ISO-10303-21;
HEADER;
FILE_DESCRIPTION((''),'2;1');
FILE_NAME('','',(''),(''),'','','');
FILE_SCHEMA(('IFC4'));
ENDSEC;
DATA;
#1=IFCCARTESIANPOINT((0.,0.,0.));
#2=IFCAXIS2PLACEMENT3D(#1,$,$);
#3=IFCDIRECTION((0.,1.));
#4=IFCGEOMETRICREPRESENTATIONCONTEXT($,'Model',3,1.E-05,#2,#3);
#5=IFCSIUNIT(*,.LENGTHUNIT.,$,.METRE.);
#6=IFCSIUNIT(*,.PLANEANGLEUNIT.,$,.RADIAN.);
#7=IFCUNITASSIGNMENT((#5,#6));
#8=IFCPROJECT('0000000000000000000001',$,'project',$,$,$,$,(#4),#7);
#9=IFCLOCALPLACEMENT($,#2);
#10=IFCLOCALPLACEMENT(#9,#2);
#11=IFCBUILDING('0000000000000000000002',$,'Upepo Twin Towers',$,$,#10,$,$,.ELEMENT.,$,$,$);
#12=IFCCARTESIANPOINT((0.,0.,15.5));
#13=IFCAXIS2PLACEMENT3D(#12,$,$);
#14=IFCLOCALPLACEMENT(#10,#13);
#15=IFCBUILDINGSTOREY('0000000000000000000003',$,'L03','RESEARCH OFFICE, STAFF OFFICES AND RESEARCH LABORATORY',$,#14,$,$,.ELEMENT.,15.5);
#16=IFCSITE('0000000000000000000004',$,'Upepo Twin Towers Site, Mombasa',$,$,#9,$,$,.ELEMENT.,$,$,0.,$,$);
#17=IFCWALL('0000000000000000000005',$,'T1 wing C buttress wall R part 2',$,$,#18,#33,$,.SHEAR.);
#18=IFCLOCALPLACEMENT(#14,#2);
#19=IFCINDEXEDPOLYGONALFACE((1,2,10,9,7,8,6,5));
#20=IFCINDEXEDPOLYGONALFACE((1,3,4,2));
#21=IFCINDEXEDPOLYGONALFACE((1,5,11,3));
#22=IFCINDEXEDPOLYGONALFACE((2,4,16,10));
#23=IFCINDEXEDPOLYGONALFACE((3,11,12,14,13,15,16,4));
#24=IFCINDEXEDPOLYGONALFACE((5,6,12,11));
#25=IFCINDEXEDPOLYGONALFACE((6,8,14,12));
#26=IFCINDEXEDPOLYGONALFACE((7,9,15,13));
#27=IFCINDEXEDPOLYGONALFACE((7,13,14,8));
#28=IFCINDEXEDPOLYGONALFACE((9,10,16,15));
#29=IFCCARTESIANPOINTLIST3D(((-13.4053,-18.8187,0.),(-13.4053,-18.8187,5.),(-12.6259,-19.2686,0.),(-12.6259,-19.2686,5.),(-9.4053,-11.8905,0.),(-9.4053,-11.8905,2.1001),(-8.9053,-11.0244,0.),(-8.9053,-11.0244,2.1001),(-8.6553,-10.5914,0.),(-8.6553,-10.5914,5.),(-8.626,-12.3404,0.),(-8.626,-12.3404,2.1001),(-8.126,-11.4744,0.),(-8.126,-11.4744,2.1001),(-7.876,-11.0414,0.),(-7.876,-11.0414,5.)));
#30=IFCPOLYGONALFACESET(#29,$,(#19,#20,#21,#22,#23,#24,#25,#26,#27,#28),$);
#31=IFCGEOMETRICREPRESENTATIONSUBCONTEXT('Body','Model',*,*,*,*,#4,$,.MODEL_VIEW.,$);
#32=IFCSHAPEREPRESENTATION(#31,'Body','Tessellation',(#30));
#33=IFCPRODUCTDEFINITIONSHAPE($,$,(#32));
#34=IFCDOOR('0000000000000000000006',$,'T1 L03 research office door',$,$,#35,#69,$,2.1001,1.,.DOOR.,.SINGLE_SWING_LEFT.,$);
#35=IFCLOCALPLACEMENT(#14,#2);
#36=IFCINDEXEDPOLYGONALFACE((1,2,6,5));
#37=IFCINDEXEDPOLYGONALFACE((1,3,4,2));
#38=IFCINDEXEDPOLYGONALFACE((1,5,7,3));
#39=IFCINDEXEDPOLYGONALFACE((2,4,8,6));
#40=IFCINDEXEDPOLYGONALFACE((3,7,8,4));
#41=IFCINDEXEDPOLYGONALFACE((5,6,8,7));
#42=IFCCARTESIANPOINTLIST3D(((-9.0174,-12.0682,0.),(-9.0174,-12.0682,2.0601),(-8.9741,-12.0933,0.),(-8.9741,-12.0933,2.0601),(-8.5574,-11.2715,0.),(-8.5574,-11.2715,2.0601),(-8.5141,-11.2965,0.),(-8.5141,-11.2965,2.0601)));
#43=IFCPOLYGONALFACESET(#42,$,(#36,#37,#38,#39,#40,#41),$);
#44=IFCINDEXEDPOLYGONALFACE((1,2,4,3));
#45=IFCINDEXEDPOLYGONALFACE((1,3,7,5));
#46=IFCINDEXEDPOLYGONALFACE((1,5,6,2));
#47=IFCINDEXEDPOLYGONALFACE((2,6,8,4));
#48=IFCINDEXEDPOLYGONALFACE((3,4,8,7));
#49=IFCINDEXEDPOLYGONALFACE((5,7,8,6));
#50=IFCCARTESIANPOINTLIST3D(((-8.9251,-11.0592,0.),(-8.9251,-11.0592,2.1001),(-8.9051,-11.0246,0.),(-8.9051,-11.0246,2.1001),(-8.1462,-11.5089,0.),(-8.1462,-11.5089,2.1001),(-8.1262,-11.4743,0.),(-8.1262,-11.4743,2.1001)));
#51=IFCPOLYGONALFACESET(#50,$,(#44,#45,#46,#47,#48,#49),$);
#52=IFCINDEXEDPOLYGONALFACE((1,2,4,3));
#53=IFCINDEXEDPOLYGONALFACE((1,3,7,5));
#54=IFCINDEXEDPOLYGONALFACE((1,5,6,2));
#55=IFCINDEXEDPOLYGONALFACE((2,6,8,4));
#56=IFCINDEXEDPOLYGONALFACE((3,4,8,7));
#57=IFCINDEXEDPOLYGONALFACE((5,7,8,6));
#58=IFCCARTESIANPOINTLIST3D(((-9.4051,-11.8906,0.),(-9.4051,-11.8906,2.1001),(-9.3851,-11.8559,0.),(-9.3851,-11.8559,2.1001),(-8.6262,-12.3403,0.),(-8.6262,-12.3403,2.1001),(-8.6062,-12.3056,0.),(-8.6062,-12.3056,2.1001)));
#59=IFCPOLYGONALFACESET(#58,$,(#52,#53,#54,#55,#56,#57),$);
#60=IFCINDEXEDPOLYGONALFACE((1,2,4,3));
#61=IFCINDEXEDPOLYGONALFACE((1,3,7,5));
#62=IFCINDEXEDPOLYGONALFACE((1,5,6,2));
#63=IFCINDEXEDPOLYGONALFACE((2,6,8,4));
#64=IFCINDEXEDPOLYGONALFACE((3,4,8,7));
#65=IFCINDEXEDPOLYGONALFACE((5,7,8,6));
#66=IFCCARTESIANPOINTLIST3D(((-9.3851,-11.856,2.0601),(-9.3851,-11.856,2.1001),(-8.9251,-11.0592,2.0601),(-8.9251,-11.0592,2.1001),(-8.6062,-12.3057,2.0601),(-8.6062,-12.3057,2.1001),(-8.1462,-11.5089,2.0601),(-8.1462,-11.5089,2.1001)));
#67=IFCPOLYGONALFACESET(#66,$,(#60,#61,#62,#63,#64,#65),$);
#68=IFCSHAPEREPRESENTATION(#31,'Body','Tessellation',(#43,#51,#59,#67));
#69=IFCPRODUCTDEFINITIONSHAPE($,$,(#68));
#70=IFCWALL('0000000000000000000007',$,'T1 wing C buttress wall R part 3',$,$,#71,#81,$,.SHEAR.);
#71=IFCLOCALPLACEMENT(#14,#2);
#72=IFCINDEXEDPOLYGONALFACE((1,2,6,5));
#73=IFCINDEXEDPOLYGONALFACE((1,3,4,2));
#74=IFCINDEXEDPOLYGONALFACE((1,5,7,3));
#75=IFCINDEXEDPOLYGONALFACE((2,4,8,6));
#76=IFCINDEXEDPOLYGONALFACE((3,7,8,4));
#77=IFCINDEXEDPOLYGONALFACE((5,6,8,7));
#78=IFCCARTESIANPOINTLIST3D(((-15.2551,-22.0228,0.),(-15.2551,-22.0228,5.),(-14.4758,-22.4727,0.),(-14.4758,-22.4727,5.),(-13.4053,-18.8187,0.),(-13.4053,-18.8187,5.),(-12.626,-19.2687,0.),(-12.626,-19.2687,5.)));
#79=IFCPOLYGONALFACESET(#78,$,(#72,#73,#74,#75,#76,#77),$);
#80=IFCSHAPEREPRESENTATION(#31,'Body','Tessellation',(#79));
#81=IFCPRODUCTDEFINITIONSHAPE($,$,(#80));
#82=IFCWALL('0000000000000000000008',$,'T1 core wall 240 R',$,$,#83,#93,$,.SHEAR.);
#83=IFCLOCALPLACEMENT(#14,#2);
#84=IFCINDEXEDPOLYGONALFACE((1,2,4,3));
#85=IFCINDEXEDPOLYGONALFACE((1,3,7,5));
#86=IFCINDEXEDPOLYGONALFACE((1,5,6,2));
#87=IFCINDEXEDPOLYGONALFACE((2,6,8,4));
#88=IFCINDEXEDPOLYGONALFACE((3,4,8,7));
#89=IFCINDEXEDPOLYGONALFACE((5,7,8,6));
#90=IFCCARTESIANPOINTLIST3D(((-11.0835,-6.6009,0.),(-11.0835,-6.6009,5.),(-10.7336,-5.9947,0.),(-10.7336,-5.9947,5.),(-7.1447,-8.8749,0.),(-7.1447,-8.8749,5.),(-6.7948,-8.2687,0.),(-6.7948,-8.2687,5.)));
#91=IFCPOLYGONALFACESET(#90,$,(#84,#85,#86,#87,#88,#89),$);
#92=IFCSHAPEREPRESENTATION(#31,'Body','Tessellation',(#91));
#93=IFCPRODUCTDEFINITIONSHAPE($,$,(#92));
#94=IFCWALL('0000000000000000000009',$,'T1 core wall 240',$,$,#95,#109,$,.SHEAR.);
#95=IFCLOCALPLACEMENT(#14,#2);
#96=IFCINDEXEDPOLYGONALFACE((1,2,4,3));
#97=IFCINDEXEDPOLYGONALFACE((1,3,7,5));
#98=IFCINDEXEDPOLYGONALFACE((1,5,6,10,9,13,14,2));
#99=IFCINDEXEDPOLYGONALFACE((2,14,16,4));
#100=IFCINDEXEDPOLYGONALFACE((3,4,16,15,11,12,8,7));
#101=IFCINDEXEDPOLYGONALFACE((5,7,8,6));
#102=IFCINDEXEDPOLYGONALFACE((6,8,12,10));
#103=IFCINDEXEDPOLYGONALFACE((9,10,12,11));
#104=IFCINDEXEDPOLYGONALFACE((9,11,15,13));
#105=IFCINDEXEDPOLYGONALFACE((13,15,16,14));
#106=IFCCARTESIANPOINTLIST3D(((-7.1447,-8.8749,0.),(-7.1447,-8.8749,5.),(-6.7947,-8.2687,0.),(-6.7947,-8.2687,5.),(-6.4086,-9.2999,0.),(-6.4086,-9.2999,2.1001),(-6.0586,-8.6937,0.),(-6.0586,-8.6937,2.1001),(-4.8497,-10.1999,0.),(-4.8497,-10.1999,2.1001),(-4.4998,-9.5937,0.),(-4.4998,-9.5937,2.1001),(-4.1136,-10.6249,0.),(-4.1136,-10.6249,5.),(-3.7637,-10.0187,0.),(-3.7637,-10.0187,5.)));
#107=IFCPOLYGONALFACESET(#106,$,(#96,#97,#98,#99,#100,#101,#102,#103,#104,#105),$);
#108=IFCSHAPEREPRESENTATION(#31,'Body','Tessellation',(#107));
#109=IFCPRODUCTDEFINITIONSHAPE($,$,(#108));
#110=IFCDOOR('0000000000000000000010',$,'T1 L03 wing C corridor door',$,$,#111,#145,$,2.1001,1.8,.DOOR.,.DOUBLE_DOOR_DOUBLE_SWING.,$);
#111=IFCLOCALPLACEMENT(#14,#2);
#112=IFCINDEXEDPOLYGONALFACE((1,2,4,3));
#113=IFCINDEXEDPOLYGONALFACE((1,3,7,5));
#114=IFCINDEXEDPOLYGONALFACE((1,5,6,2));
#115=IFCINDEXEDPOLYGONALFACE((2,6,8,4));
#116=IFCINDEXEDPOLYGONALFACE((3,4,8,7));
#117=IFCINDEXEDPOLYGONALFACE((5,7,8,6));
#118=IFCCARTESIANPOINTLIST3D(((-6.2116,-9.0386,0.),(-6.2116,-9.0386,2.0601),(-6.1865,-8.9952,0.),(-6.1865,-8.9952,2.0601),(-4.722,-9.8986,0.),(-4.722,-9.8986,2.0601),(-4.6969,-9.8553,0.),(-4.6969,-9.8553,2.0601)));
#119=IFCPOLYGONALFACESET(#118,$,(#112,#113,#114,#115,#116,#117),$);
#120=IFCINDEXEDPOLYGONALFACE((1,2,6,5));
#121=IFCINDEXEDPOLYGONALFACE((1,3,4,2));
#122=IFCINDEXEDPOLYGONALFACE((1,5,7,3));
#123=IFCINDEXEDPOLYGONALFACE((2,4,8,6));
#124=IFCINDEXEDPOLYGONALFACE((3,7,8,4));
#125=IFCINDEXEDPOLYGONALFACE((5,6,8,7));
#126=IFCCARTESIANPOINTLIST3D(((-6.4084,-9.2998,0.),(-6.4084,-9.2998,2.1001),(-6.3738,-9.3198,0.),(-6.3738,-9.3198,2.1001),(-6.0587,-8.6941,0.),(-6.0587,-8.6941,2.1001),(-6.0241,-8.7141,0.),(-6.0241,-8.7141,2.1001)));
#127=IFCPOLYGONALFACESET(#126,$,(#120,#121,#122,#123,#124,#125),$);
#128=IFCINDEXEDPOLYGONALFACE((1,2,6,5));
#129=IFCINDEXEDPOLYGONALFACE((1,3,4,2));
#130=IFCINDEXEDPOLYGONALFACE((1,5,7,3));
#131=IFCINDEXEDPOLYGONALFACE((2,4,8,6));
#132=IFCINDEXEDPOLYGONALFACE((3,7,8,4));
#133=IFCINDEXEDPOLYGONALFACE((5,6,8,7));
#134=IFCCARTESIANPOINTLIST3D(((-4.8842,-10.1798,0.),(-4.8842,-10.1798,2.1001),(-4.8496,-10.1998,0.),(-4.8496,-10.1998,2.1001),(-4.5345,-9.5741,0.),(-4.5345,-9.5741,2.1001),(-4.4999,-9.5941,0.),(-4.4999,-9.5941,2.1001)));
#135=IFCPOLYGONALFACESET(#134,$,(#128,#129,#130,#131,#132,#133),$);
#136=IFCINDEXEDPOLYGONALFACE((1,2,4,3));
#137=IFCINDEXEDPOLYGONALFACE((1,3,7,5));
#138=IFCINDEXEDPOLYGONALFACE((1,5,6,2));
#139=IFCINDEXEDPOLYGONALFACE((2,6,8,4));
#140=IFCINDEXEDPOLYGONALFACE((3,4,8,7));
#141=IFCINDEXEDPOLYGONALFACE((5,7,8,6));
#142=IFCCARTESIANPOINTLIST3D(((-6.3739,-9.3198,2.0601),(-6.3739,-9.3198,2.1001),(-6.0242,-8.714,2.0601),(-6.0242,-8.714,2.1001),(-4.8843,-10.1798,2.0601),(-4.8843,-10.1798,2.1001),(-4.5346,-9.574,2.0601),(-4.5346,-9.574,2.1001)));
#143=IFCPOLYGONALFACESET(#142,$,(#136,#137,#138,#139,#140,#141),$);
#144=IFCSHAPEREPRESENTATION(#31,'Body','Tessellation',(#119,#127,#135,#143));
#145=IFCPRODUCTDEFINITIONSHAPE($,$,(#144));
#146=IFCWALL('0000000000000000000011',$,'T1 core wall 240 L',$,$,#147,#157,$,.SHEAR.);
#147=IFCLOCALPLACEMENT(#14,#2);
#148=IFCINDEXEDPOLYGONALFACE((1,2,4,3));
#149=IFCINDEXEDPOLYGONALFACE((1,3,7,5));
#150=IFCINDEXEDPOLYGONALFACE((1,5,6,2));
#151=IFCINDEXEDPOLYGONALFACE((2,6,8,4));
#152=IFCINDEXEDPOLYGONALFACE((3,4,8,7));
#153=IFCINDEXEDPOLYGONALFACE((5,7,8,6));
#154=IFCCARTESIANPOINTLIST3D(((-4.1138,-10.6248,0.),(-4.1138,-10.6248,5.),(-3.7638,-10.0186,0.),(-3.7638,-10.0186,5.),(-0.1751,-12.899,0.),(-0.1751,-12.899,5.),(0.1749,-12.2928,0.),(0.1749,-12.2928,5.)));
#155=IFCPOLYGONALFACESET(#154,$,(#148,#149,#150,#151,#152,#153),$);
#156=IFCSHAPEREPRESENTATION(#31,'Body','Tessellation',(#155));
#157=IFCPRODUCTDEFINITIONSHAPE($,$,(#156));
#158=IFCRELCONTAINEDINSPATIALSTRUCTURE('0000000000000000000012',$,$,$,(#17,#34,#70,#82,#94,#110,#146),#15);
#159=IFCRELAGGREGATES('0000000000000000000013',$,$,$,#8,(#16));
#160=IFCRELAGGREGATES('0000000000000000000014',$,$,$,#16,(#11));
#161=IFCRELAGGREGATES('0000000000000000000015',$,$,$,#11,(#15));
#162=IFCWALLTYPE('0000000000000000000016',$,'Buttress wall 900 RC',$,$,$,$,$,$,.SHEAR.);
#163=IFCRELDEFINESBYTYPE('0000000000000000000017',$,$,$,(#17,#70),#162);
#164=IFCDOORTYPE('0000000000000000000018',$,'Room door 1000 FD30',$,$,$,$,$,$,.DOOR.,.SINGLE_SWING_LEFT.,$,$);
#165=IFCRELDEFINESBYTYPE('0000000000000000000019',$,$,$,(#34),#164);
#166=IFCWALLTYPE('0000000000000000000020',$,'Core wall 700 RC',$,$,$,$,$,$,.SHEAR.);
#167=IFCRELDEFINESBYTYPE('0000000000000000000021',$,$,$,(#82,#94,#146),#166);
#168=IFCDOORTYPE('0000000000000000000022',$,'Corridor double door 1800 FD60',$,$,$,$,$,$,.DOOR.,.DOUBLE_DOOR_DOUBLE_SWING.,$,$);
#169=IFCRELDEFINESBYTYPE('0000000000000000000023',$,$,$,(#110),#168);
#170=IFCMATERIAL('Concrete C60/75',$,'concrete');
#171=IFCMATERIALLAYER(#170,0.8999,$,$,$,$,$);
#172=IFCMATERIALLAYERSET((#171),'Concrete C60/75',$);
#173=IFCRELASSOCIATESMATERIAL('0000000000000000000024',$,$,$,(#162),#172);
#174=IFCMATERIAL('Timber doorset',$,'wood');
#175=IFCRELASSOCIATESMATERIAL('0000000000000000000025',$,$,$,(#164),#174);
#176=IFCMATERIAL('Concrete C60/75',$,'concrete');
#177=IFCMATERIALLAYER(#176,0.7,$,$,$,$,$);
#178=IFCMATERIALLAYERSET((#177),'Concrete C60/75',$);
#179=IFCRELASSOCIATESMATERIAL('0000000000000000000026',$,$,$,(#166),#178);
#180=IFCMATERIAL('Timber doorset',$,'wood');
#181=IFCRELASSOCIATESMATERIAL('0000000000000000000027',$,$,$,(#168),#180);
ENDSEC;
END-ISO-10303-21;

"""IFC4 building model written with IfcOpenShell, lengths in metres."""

from ifc_helpers import new_model, si_unit, direction, frame, frame_2d, origin, place, context, subcontext, project, spatial, rectangle, extrude, material, layer, layer_set, type_object, element, fill, save


model = new_model("IFC4")

# Units and contexts
model_context = context("Model", 3, precision=1e-05, world=origin(), true_north=direction((0.0, 1.0)))
body_context = subcontext(model_context, "Body", "Model", "MODEL_VIEW")
ifc_project = project(units=[si_unit("LENGTHUNIT", "METRE"), si_unit("PLANEANGLEUNIT", "RADIAN")], contexts=[model_context])

# Site, building, storey
site_placement = place(None, origin())
site = spatial("IfcSite", under=ifc_project, at=site_placement, Name="Upepo Twin Towers Site, Mombasa", CompositionType="ELEMENT", RefElevation=0.0)
building_placement = place(site_placement, origin())
building = spatial("IfcBuilding", under=site, at=building_placement, Name="Upepo Twin Towers", CompositionType="ELEMENT")
storey_placement = place(building_placement, frame((0.0, 0.0, 15.5)))
storey = spatial("IfcBuildingStorey", under=building, at=storey_placement, Name="L03", Description="RESEARCH OFFICE, STAFF OFFICES AND RESEARCH LABORATORY", CompositionType="ELEMENT", Elevation=15.5)

# Shared definitions
ifc_material_1 = material(Name="Concrete C60/75", Category="concrete")
ifc_layer_1 = layer(ifc_material_1, 0.8999)
ifc_layer_set_1 = layer_set([ifc_layer_1], Name="Concrete C60/75")
wall_type_1 = type_object("IfcWallType", Name="Buttress wall 900 RC", PredefinedType="SHEAR", material=ifc_layer_set_1)
ifc_material_2 = material(Name="Timber doorset", Category="wood")
door_type_1 = type_object("IfcDoorType", Name="Room door 1000 FD30", OperationType="SINGLE_SWING_LEFT", PredefinedType="DOOR", material=ifc_material_2)

# Wall, opening, door
wall_1_placement = place(storey_placement, frame((-8.2656, -10.8164, 0.0), z_axis=(0.0, 0.0, 1.0), x_axis=(-0.499998, -0.866027, 0.0)))
wall_1 = element("IfcWall", 1, at=wall_1_placement, inside=storey, type_object=wall_type_1, Name="T1 wing C buttress wall R part 2", PredefinedType="SHEAR", context=body_context, shape_type="SweptSolid", body=[
    extrude(rectangle(XDim=9.5, YDim=0.8999, at=frame_2d((4.75, 0.0))), origin(), (0.0, 0.0, 1.0), 5.0),
])
opening_1_placement = place(wall_1_placement, frame((0.5, 0.0, 0.0)))
opening_1 = element("IfcOpeningElement", 2, at=opening_1_placement, cuts=wall_1, PredefinedType="OPENING", context=body_context, shape_type="SweptSolid", body=[
    extrude(rectangle(XDim=1.0, YDim=2.1001, at=frame_2d((0.5, 1.05))), frame((0.0, 0.46, 0.0), z_axis=(0.0, -1.0, 0.0), x_axis=(1.0, 0.0, 0.0)), (0.0, 0.0, 1.0), 0.9199),
])
door_1_placement = place(opening_1_placement, origin())
door_1 = element("IfcDoor", 3, at=door_1_placement, inside=storey, type_object=door_type_1, Name="T1 L03 research office door", OperationType="SINGLE_SWING_LEFT", OverallHeight=2.1001, OverallWidth=1.0, PredefinedType="DOOR", context=body_context, shape_type="SweptSolid", body=[
    extrude(rectangle(XDim=0.92, YDim=2.0601, at=frame_2d((0.5, 1.03))), frame((0.0, 0.0249, 0.0), z_axis=(0.0, -1.0, 0.0), x_axis=(1.0, 0.0, 0.0)), (0.0, 0.0, 1.0), 0.05),
    extrude(rectangle(XDim=0.04, YDim=2.1001, at=frame_2d((0.02, 1.05))), frame((0.0, 0.4497, 0.0), z_axis=(0.0, -1.0, 0.0), x_axis=(1.0, 0.0, 0.0)), (0.0, 0.0, 1.0), 0.8994),
    extrude(rectangle(XDim=0.04, YDim=2.1001, at=frame_2d((0.98, 1.05))), frame((0.0, 0.4497, 0.0), z_axis=(0.0, -1.0, 0.0), x_axis=(1.0, 0.0, 0.0)), (0.0, 0.0, 1.0), 0.8994),
    extrude(rectangle(XDim=0.92, YDim=0.04, at=frame_2d((0.5, 2.0801))), frame((0.0, 0.4497, 0.0), z_axis=(0.0, -1.0, 0.0), x_axis=(1.0, 0.0, 0.0)), (0.0, 0.0, 1.0), 0.8994),
])
fill(opening_1, door_1)

# Walls
wall_2_placement = place(storey_placement, frame((-13.0156, -19.0437, 0.0), z_axis=(0.0, 0.0, 1.0), x_axis=(-0.499993, -0.86603, 0.0)))
element("IfcWall", 4, at=wall_2_placement, inside=storey, type_object=wall_type_1, Name="T1 wing C buttress wall R part 3", PredefinedType="SHEAR", context=body_context, shape_type="SweptSolid", body=[
    extrude(rectangle(XDim=3.6997, YDim=0.8999, at=frame_2d((1.8499, 0.0))), origin(), (0.0, 0.0, 1.0), 5.0),
])
ifc_material_3 = material(Name="Concrete C60/75", Category="concrete")
ifc_layer_2 = layer(ifc_material_3, 0.7)
ifc_layer_set_2 = layer_set([ifc_layer_2], Name="Concrete C60/75")
wall_type_2 = type_object("IfcWallType", Name="Core wall 700 RC", PredefinedType="SHEAR", material=ifc_layer_set_2)
wall_3_placement = place(storey_placement, frame((-10.9084, -6.2979, 0.0), z_axis=(0.0, 0.0, 1.0), x_axis=(0.866035, -0.499984, 0.0)))
element("IfcWall", 5, at=wall_3_placement, inside=storey, type_object=wall_type_2, Name="T1 core wall 240 R", PredefinedType="SHEAR", context=body_context, shape_type="SweptSolid", body=[
    extrude(rectangle(XDim=4.5481, YDim=0.7, at=frame_2d((2.2739, 0.0))), origin(), (0.0, 0.0, 1.0), 5.0),
])

# Wall, opening, door
wall_4_placement = place(storey_placement, frame((-6.9697, -8.5718, 0.0), z_axis=(0.0, 0.0, 1.0), x_axis=(0.866019, -0.50001, 0.0)))
wall_4 = element("IfcWall", 6, at=wall_4_placement, inside=storey, type_object=wall_type_2, Name="T1 core wall 240", PredefinedType="SHEAR", context=body_context, shape_type="SweptSolid", body=[
    extrude(rectangle(XDim=3.5, YDim=0.7, at=frame_2d((1.75, 0.0))), origin(), (0.0, 0.0, 1.0), 5.0),
])
opening_2_placement = place(wall_4_placement, frame((0.8501, 0.0, 0.0)))
opening_2 = element("IfcOpeningElement", 7, at=opening_2_placement, cuts=wall_4, PredefinedType="OPENING", context=body_context, shape_type="SweptSolid", body=[
    extrude(rectangle(XDim=1.8, YDim=2.1001, at=frame_2d((0.8999, 1.05))), frame((0.0, 0.3599, 0.0), z_axis=(0.0, -1.0, 0.0), x_axis=(1.0, 0.0, 0.0)), (0.0, 0.0, 1.0), 0.72),
])
ifc_material_4 = material(Name="Timber doorset", Category="wood")
door_type_2 = type_object("IfcDoorType", Name="Corridor double door 1800 FD60", OperationType="DOUBLE_DOOR_DOUBLE_SWING", PredefinedType="DOOR", material=ifc_material_4)
door_2_placement = place(opening_2_placement, origin())
door_2 = element("IfcDoor", 8, at=door_2_placement, inside=storey, type_object=door_type_2, Name="T1 L03 wing C corridor door", OperationType="DOUBLE_DOOR_DOUBLE_SWING", OverallHeight=2.1001, OverallWidth=1.8, PredefinedType="DOOR", context=body_context, shape_type="SweptSolid", body=[
    extrude(rectangle(XDim=1.72, YDim=2.0601, at=frame_2d((0.8999, 1.03))), frame((0.0, 0.0249, 0.0), z_axis=(0.0, -1.0, 0.0), x_axis=(1.0, 0.0, 0.0)), (0.0, 0.0, 1.0), 0.05),
    extrude(rectangle(XDim=0.04, YDim=2.1001, at=frame_2d((0.02, 1.05))), frame((0.0, 0.3496, 0.0), z_axis=(0.0, -1.0, 0.0), x_axis=(1.0, 0.0, 0.0)), (0.0, 0.0, 1.0), 0.6995),
    extrude(rectangle(XDim=0.04, YDim=2.1001, at=frame_2d((1.78, 1.05))), frame((0.0, 0.3496, 0.0), z_axis=(0.0, -1.0, 0.0), x_axis=(1.0, 0.0, 0.0)), (0.0, 0.0, 1.0), 0.6995),
    extrude(rectangle(XDim=1.72, YDim=0.04, at=frame_2d((0.8999, 2.0801))), frame((0.0, 0.3496, 0.0), z_axis=(0.0, -1.0, 0.0), x_axis=(1.0, 0.0, 0.0)), (0.0, 0.0, 1.0), 0.6995),
])
fill(opening_2, door_2)

# Wall
wall_5_placement = place(storey_placement, frame((-3.9387, -10.3218, 0.0), z_axis=(0.0, 0.0, 1.0), x_axis=(0.866011, -0.500024, 0.0)))
element("IfcWall", 9, at=wall_5_placement, inside=storey, type_object=wall_type_2, Name="T1 core wall 240 L", PredefinedType="SHEAR", context=body_context, shape_type="SweptSolid", body=[
    extrude(rectangle(XDim=4.5481, YDim=0.7, at=frame_2d((2.2739, 0.0))), origin(), (0.0, 0.0, 1.0), 5.0),
])

save(model, "model.ifc")
